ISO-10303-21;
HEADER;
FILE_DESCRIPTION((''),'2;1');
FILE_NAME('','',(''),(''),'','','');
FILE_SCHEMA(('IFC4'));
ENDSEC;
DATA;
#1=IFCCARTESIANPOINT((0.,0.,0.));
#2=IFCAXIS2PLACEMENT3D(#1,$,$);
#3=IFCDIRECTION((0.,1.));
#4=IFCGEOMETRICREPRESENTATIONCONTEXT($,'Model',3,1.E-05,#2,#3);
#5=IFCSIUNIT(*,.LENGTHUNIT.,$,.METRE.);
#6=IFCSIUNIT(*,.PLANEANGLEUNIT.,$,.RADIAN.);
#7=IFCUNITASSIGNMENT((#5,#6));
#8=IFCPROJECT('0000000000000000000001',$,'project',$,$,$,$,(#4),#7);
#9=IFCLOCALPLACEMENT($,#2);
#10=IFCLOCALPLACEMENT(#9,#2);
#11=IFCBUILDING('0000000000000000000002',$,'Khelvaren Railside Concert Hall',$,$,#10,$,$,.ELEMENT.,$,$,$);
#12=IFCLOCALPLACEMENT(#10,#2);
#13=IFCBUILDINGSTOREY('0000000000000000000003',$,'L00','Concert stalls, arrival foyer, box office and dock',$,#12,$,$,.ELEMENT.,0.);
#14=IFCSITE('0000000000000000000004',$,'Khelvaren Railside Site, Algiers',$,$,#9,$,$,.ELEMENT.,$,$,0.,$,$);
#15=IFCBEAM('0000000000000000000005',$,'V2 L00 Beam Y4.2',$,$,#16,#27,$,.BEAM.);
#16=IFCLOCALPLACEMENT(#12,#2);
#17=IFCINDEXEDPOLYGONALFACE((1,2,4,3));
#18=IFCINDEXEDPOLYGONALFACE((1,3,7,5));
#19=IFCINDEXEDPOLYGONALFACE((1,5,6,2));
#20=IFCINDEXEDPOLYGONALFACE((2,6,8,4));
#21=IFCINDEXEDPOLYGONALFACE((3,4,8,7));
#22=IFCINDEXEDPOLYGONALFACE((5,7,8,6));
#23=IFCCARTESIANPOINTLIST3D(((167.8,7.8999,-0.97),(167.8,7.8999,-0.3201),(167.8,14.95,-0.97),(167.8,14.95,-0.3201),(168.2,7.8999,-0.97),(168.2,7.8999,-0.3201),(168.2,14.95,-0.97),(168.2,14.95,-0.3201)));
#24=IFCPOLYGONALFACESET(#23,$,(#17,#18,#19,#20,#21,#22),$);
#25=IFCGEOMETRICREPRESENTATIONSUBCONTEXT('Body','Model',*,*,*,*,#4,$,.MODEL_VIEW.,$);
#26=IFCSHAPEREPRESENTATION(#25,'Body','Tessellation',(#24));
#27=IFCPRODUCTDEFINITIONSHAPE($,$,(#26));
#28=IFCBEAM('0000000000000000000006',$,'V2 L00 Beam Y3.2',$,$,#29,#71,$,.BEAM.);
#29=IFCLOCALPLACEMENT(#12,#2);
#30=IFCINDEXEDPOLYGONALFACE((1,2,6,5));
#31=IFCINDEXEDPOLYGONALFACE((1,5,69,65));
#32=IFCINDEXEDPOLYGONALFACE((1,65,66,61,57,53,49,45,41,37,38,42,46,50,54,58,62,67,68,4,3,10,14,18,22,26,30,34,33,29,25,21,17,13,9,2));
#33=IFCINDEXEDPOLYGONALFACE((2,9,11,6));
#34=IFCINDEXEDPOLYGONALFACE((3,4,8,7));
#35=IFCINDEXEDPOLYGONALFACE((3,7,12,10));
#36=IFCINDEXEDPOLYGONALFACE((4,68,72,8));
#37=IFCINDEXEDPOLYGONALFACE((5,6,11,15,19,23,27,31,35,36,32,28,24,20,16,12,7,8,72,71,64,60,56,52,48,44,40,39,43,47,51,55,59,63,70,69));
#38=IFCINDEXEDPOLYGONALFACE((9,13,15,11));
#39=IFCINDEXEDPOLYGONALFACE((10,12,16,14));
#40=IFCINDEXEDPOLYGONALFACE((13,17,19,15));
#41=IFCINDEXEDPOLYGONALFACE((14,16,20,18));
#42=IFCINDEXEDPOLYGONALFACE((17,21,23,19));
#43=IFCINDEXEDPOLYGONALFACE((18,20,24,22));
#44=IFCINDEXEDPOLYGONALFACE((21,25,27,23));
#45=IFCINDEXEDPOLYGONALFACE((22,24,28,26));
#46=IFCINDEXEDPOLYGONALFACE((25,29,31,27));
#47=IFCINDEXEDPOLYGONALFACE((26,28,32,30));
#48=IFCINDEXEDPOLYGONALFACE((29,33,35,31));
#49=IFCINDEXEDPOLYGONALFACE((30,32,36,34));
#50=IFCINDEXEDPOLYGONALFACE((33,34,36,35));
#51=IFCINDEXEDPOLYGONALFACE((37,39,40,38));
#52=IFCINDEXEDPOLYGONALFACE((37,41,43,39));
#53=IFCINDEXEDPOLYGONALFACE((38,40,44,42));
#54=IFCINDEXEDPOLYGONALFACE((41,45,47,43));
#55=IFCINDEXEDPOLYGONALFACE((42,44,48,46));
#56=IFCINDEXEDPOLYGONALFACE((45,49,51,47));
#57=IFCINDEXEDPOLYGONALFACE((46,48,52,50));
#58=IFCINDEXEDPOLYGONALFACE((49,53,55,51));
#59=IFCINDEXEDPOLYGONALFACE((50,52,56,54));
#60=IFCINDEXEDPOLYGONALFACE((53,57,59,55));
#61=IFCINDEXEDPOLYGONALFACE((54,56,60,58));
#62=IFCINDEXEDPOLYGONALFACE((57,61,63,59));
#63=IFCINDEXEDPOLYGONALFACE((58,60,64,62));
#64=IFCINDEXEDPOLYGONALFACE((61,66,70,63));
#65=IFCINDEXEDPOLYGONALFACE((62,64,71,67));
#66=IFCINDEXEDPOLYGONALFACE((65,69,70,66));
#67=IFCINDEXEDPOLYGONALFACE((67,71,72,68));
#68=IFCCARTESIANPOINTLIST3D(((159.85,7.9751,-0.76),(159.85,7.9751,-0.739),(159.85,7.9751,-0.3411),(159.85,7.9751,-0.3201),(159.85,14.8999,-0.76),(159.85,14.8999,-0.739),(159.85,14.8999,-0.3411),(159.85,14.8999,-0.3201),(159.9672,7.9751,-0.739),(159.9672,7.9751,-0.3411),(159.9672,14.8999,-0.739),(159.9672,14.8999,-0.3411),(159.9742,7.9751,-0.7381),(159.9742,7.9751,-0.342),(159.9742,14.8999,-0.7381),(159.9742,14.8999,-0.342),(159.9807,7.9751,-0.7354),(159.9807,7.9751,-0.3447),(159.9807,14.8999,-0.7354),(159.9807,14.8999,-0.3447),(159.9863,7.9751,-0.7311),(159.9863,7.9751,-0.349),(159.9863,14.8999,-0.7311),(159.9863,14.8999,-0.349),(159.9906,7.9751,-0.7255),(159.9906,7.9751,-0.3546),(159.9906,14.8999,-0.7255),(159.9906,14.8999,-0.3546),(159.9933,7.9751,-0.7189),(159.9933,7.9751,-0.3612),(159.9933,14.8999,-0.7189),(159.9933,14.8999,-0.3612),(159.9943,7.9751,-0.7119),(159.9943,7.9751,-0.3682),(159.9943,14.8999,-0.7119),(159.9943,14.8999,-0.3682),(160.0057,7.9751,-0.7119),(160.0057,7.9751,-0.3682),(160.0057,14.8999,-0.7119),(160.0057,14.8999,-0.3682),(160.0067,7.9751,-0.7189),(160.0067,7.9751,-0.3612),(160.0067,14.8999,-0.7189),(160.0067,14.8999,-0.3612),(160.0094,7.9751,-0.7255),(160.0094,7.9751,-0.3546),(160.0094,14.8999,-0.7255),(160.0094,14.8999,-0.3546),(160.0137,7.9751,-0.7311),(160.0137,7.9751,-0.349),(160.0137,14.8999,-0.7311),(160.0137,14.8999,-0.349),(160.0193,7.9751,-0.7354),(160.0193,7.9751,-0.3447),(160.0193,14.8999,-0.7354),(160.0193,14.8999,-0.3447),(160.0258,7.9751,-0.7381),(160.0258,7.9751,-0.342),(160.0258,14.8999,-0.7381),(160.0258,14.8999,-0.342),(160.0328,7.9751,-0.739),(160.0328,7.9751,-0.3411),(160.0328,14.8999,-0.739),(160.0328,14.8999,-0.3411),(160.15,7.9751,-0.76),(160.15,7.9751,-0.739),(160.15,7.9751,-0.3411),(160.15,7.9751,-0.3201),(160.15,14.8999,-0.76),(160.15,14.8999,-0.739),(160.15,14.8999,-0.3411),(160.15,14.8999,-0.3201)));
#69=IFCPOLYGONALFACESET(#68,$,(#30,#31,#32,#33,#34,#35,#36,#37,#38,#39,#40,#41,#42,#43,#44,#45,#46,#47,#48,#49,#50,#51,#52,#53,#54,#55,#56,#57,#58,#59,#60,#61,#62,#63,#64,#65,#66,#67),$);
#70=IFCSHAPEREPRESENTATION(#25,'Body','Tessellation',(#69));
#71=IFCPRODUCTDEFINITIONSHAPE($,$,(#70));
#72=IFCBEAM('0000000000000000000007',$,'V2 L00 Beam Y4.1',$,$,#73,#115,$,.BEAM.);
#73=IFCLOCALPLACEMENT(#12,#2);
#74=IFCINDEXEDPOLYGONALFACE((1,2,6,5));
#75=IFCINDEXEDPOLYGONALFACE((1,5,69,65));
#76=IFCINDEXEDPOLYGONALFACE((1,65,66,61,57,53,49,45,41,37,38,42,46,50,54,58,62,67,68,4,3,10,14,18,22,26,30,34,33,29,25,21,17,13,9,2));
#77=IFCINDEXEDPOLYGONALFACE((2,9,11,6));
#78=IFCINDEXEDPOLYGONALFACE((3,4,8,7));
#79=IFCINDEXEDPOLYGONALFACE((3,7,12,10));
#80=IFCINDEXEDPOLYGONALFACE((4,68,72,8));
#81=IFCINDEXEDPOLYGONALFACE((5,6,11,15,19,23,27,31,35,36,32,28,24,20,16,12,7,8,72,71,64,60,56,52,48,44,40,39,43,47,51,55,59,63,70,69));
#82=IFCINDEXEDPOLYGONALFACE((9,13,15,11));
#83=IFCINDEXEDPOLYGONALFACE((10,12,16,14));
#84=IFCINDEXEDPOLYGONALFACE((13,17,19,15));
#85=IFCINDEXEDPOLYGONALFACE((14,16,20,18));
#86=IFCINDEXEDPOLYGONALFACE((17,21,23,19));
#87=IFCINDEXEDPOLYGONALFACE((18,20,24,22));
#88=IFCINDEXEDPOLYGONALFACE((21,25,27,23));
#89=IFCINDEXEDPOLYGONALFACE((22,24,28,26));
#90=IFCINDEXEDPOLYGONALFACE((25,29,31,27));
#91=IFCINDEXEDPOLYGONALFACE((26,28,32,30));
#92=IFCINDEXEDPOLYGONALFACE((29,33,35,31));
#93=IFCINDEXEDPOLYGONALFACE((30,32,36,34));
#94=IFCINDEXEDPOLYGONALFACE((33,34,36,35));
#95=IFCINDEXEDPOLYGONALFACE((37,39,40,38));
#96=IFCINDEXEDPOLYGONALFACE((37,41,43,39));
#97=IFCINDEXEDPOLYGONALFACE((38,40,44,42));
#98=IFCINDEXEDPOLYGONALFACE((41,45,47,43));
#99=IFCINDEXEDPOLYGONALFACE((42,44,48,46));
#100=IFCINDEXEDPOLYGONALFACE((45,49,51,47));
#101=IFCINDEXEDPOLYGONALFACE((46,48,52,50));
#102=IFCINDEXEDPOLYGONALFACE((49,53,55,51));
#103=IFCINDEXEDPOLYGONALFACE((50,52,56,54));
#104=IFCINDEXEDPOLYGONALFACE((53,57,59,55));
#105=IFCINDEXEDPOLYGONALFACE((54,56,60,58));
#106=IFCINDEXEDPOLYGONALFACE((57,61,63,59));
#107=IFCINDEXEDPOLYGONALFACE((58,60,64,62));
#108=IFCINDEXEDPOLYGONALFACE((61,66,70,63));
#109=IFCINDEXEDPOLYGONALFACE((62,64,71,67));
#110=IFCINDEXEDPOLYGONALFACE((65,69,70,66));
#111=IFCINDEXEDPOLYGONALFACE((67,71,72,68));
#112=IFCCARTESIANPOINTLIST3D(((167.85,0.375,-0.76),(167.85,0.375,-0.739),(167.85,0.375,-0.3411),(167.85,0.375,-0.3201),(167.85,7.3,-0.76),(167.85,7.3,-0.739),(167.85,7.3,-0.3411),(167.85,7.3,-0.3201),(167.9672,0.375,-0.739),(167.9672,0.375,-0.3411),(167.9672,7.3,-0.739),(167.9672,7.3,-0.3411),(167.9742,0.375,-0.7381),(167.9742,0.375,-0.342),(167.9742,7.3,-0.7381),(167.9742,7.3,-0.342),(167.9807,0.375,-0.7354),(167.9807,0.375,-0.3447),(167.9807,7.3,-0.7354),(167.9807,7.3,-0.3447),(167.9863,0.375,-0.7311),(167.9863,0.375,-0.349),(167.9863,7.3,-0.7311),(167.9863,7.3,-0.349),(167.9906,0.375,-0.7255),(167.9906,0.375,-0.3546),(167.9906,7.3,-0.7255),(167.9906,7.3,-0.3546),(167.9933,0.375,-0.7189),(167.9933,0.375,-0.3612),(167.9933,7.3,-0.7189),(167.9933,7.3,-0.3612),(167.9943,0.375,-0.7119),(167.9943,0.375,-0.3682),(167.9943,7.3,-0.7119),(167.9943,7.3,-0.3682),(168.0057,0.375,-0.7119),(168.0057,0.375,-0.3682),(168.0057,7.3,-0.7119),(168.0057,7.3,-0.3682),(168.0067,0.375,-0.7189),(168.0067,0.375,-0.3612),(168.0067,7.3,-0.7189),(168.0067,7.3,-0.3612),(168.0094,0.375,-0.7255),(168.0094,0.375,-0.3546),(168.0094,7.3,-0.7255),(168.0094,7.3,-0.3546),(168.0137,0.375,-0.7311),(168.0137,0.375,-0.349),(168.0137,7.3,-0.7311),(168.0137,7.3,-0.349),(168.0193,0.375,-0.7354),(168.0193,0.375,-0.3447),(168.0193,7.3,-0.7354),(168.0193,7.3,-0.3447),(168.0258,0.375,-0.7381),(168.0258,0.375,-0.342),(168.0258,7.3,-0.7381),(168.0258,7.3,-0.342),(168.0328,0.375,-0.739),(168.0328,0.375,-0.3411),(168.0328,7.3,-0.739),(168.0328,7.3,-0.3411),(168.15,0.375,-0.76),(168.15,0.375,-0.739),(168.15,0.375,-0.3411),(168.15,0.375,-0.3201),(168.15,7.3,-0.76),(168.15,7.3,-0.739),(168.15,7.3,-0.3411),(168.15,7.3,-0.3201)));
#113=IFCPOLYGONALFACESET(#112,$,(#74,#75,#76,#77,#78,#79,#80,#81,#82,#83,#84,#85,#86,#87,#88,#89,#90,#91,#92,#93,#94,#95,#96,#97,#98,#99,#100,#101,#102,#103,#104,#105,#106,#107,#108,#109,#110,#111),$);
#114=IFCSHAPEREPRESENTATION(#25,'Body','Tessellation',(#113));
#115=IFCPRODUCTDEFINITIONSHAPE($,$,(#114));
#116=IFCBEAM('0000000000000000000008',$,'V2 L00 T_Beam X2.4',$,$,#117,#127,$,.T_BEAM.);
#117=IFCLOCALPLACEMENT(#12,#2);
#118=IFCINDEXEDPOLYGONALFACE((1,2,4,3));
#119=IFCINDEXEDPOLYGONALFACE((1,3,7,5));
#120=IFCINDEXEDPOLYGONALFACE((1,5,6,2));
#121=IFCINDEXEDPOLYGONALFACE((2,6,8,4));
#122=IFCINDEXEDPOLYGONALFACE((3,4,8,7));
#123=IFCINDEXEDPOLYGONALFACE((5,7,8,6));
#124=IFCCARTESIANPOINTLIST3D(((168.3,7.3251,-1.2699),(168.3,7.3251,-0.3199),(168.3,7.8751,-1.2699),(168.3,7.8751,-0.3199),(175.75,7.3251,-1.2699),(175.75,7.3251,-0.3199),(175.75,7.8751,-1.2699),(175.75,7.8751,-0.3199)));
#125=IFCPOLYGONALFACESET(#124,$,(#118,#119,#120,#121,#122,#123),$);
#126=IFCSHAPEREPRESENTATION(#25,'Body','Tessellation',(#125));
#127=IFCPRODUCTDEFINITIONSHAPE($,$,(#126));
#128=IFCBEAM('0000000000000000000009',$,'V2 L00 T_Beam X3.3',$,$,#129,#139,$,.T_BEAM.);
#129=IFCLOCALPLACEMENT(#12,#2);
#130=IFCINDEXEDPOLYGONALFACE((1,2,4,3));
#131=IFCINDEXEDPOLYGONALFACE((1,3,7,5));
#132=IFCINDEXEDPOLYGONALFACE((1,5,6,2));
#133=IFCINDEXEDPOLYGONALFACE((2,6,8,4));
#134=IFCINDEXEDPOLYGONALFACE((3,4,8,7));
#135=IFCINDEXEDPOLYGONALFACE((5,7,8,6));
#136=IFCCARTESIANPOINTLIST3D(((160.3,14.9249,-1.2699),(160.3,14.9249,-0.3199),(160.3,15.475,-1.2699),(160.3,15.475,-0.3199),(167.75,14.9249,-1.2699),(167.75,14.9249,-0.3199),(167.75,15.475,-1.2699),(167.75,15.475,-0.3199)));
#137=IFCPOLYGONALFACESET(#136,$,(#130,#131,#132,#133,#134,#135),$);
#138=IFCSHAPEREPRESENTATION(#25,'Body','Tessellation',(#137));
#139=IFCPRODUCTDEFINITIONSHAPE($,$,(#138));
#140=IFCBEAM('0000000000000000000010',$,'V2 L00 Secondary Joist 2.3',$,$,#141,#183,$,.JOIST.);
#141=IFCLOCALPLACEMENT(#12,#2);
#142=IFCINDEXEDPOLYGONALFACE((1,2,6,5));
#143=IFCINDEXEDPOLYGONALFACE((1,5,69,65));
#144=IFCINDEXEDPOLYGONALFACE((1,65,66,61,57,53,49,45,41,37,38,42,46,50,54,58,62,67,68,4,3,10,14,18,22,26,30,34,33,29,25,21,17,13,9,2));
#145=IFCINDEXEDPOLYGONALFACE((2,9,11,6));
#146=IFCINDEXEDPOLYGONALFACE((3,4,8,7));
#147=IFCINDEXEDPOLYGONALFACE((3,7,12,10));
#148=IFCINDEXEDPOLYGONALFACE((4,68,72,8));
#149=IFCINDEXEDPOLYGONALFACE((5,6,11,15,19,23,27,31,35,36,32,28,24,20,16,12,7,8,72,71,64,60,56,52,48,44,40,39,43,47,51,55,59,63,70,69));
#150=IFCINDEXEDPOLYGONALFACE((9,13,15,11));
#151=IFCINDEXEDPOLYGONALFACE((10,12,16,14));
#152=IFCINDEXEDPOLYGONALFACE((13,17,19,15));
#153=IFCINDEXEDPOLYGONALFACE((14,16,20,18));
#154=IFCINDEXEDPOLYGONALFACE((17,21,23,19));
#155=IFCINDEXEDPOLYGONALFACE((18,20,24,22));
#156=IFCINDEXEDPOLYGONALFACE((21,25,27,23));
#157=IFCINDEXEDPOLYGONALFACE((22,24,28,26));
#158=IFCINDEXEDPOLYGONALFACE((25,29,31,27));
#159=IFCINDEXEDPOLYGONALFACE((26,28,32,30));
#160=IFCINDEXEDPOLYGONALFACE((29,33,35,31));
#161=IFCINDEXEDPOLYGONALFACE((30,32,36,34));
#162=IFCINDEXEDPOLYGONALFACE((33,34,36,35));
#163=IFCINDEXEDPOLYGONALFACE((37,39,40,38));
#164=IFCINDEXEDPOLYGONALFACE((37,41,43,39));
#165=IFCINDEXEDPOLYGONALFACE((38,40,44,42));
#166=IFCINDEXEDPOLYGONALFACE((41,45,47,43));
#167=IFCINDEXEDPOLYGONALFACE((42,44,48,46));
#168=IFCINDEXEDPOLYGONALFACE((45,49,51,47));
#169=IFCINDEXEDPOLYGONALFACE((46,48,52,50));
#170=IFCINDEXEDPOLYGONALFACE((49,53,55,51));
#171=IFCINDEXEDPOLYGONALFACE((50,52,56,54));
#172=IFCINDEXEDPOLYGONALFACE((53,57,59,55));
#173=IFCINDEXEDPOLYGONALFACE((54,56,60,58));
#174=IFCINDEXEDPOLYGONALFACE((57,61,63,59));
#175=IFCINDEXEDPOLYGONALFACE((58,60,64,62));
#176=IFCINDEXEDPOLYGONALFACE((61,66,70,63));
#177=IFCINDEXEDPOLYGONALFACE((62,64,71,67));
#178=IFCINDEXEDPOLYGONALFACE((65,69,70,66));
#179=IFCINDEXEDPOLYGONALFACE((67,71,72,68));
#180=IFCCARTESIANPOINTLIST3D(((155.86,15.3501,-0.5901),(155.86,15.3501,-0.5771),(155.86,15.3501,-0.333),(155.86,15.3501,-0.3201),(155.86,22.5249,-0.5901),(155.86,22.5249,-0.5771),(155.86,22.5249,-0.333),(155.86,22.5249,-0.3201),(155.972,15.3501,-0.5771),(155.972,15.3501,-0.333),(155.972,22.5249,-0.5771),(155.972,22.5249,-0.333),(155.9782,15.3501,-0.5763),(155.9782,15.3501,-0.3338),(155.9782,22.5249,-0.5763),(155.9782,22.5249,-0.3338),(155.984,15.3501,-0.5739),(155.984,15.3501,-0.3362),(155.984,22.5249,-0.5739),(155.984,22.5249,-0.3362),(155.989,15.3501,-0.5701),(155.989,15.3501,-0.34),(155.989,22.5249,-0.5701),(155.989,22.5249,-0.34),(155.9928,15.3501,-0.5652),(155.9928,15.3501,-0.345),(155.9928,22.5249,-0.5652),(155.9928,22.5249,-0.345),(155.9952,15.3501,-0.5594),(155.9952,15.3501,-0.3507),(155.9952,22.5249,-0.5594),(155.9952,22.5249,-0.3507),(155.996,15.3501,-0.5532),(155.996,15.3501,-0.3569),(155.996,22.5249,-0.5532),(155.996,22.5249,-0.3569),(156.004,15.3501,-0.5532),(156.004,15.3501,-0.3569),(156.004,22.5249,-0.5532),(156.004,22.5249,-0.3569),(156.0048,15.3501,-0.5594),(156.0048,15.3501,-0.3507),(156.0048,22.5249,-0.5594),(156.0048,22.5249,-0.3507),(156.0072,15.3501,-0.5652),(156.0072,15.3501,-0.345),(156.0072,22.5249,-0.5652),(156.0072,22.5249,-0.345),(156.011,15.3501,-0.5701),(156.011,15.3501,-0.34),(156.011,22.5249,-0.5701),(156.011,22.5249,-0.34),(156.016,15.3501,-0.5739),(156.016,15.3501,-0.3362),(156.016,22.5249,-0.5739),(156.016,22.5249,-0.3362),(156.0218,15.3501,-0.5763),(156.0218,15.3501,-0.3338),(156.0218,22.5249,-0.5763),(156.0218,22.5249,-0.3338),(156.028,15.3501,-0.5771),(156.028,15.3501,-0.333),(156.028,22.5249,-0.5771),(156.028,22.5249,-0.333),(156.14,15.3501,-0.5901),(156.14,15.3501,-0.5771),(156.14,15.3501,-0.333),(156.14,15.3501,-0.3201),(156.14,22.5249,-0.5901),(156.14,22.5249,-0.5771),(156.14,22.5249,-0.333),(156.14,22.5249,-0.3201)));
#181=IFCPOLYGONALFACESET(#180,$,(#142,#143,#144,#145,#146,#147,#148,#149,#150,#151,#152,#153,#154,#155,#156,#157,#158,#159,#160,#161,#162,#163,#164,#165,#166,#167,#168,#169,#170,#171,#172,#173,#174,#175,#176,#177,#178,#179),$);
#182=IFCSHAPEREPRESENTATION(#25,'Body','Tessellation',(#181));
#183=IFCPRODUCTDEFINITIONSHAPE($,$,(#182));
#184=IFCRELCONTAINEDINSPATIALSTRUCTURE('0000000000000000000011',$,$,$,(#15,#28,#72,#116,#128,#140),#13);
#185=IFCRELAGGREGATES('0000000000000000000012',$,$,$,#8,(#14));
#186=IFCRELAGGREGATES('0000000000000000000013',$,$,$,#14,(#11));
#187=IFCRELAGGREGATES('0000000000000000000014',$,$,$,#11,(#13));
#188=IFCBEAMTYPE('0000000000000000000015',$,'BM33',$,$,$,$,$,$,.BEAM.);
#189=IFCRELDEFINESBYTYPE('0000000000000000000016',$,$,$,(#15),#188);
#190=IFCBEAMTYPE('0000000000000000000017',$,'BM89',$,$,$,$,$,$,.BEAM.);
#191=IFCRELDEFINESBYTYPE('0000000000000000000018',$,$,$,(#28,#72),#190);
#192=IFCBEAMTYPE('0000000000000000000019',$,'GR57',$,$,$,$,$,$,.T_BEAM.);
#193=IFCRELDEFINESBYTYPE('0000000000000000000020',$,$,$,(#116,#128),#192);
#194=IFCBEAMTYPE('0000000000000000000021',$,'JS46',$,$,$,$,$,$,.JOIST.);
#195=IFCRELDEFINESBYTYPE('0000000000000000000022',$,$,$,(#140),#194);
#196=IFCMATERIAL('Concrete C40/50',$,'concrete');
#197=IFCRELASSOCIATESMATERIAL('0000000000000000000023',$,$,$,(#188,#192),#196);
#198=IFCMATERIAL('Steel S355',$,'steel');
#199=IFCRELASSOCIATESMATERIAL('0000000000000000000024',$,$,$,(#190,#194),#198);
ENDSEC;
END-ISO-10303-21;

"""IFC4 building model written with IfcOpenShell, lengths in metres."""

from ifc_helpers import new_model, si_unit, direction, frame, origin, origin_2d, place, context, subcontext, project, spatial, rectangle, i_section, extrude, material, material_profile, profile_set, type_object, element, save


model = new_model("IFC4")

# Units and contexts
model_context = context("Model", 3, precision=1e-05, world=origin(), true_north=direction((0.0, 1.0)))
body_context = subcontext(model_context, "Body", "Model", "MODEL_VIEW")
ifc_project = project(units=[si_unit("LENGTHUNIT", "METRE"), si_unit("PLANEANGLEUNIT", "RADIAN")], contexts=[model_context])

# Site, building, storey
site_placement = place(None, origin())
site = spatial("IfcSite", under=ifc_project, at=site_placement, Name="Khelvaren Railside Site, Algiers", CompositionType="ELEMENT", RefElevation=0.0)
building_placement = place(site_placement, origin())
building = spatial("IfcBuilding", under=site, at=building_placement, Name="Khelvaren Railside Concert Hall", CompositionType="ELEMENT")
storey_placement = place(building_placement, origin())
storey = spatial("IfcBuildingStorey", under=building, at=storey_placement, Name="L00", Description="Concert stalls, arrival foyer, box office and dock", CompositionType="ELEMENT", Elevation=0.0)

# Beams
ifc_material_1 = material(Name="Steel S355", Category="steel")
ifc_material_2 = material(Name="Concrete C40/50", Category="concrete")
ifc_material_profile_1 = material_profile(ifc_material_2, rectangle(XDim=0.3999, YDim=0.6499, at=origin_2d()), Name="RCB 400x650")
ifc_profile_set_1 = profile_set([ifc_material_profile_1], Name="Concrete C40/50")
beam_type_1 = type_object("IfcBeamType", Name="BM33", PredefinedType="BEAM", material=ifc_profile_set_1)
beam_1_placement = place(storey_placement, frame((168.0, 7.8999, -0.645), z_axis=(0.0, 1.0, 0.0), x_axis=(-1.0, 0.0, 0.0)))
element("IfcBeam", 1, at=beam_1_placement, inside=storey, type_object=beam_type_1, Name="V2 L00 Beam Y4.2", PredefinedType="BEAM", context=body_context, shape_type="SweptSolid", body=[
    extrude(rectangle(XDim=0.3999, YDim=0.6499, at=origin_2d()), origin(), (0.0, 0.0, 1.0), 7.05),
])
ifc_material_profile_2 = material_profile(ifc_material_1, i_section(OverallWidth=0.3, OverallDepth=0.4399, WebThickness=0.0115, FlangeThickness=0.021, FilletRadius=0.0271, at=origin_2d()), Name="HEA 450")
ifc_profile_set_2 = profile_set([ifc_material_profile_2], Name="Steel S355")
beam_type_2 = type_object("IfcBeamType", Name="BM89", PredefinedType="BEAM", material=ifc_profile_set_2)
beam_2_placement = place(storey_placement, frame((160.0, 7.9751, -0.54), z_axis=(0.0, 1.0, 0.0), x_axis=(-1.0, 0.0, 0.0)))
element("IfcBeam", 2, at=beam_2_placement, inside=storey, type_object=beam_type_2, Name="V2 L00 Beam Y3.2", PredefinedType="BEAM", context=body_context, shape_type="SweptSolid", body=[
    extrude(i_section(OverallWidth=0.3, OverallDepth=0.4399, WebThickness=0.0115, FlangeThickness=0.021, FilletRadius=0.0271, at=origin_2d()), origin(), (0.0, 0.0, 1.0), 6.9248),
])
beam_3_placement = place(storey_placement, frame((168.0, 0.375, -0.54), z_axis=(0.0, 1.0, 0.0), x_axis=(-1.0, 0.0, 0.0)))
element("IfcBeam", 3, at=beam_3_placement, inside=storey, type_object=beam_type_2, Name="V2 L00 Beam Y4.1", PredefinedType="BEAM", context=body_context, shape_type="SweptSolid", body=[
    extrude(i_section(OverallWidth=0.3, OverallDepth=0.4399, WebThickness=0.0115, FlangeThickness=0.021, FilletRadius=0.0271, at=origin_2d()), origin(), (0.0, 0.0, 1.0), 6.925),
])
ifc_material_profile_3 = material_profile(ifc_material_2, rectangle(XDim=0.55, YDim=0.95, at=origin_2d()), Name="RCB 550x950")
ifc_profile_set_3 = profile_set([ifc_material_profile_3], Name="Concrete C40/50")
beam_type_3 = type_object("IfcBeamType", Name="GR57", PredefinedType="T_BEAM", material=ifc_profile_set_3)
for number, where, z_axis, x_axis, name in (
    (4, (168.3, 7.6001, -0.7949), (1.0, 0.0, 0.0), (0.0, 1.0, 0.0), "V2 L00 T_Beam X2.4"),
    (5, (160.3, 15.2, -0.7949), (1.0, 0.0, 0.0), (0.0, 1.0, 0.0), "V2 L00 T_Beam X3.3"),
):
    element("IfcBeam", number, at=place(storey_placement, frame(where, z_axis=z_axis, x_axis=x_axis)), inside=storey, type_object=beam_type_3, Name=name, PredefinedType="T_BEAM", context=body_context, shape_type="SweptSolid", body=[
        extrude(rectangle(XDim=0.55, YDim=0.95, at=origin_2d()), origin(), (0.0, 0.0, 1.0), 7.45),
    ])
ifc_material_profile_4 = material_profile(ifc_material_1, i_section(OverallWidth=0.28, OverallDepth=0.27, WebThickness=0.0081, FlangeThickness=0.0129, FilletRadius=0.0239, at=origin_2d()), Name="HEA 280")
ifc_profile_set_4 = profile_set([ifc_material_profile_4], Name="Steel S355")
beam_type_4 = type_object("IfcBeamType", Name="JS46", PredefinedType="JOIST", material=ifc_profile_set_4)
beam_4_placement = place(storey_placement, frame((156.0, 15.3501, -0.4551), z_axis=(0.0, 1.0, 0.0), x_axis=(-1.0, 0.0, 0.0)))
element("IfcBeam", 6, at=beam_4_placement, inside=storey, type_object=beam_type_4, Name="V2 L00 Secondary Joist 2.3", PredefinedType="JOIST", context=body_context, shape_type="SweptSolid", body=[
    extrude(i_section(OverallWidth=0.28, OverallDepth=0.27, WebThickness=0.0081, FlangeThickness=0.0129, FilletRadius=0.0239, at=origin_2d()), origin(), (0.0, 0.0, 1.0), 7.1748),
])

save(model, "model.ifc")
